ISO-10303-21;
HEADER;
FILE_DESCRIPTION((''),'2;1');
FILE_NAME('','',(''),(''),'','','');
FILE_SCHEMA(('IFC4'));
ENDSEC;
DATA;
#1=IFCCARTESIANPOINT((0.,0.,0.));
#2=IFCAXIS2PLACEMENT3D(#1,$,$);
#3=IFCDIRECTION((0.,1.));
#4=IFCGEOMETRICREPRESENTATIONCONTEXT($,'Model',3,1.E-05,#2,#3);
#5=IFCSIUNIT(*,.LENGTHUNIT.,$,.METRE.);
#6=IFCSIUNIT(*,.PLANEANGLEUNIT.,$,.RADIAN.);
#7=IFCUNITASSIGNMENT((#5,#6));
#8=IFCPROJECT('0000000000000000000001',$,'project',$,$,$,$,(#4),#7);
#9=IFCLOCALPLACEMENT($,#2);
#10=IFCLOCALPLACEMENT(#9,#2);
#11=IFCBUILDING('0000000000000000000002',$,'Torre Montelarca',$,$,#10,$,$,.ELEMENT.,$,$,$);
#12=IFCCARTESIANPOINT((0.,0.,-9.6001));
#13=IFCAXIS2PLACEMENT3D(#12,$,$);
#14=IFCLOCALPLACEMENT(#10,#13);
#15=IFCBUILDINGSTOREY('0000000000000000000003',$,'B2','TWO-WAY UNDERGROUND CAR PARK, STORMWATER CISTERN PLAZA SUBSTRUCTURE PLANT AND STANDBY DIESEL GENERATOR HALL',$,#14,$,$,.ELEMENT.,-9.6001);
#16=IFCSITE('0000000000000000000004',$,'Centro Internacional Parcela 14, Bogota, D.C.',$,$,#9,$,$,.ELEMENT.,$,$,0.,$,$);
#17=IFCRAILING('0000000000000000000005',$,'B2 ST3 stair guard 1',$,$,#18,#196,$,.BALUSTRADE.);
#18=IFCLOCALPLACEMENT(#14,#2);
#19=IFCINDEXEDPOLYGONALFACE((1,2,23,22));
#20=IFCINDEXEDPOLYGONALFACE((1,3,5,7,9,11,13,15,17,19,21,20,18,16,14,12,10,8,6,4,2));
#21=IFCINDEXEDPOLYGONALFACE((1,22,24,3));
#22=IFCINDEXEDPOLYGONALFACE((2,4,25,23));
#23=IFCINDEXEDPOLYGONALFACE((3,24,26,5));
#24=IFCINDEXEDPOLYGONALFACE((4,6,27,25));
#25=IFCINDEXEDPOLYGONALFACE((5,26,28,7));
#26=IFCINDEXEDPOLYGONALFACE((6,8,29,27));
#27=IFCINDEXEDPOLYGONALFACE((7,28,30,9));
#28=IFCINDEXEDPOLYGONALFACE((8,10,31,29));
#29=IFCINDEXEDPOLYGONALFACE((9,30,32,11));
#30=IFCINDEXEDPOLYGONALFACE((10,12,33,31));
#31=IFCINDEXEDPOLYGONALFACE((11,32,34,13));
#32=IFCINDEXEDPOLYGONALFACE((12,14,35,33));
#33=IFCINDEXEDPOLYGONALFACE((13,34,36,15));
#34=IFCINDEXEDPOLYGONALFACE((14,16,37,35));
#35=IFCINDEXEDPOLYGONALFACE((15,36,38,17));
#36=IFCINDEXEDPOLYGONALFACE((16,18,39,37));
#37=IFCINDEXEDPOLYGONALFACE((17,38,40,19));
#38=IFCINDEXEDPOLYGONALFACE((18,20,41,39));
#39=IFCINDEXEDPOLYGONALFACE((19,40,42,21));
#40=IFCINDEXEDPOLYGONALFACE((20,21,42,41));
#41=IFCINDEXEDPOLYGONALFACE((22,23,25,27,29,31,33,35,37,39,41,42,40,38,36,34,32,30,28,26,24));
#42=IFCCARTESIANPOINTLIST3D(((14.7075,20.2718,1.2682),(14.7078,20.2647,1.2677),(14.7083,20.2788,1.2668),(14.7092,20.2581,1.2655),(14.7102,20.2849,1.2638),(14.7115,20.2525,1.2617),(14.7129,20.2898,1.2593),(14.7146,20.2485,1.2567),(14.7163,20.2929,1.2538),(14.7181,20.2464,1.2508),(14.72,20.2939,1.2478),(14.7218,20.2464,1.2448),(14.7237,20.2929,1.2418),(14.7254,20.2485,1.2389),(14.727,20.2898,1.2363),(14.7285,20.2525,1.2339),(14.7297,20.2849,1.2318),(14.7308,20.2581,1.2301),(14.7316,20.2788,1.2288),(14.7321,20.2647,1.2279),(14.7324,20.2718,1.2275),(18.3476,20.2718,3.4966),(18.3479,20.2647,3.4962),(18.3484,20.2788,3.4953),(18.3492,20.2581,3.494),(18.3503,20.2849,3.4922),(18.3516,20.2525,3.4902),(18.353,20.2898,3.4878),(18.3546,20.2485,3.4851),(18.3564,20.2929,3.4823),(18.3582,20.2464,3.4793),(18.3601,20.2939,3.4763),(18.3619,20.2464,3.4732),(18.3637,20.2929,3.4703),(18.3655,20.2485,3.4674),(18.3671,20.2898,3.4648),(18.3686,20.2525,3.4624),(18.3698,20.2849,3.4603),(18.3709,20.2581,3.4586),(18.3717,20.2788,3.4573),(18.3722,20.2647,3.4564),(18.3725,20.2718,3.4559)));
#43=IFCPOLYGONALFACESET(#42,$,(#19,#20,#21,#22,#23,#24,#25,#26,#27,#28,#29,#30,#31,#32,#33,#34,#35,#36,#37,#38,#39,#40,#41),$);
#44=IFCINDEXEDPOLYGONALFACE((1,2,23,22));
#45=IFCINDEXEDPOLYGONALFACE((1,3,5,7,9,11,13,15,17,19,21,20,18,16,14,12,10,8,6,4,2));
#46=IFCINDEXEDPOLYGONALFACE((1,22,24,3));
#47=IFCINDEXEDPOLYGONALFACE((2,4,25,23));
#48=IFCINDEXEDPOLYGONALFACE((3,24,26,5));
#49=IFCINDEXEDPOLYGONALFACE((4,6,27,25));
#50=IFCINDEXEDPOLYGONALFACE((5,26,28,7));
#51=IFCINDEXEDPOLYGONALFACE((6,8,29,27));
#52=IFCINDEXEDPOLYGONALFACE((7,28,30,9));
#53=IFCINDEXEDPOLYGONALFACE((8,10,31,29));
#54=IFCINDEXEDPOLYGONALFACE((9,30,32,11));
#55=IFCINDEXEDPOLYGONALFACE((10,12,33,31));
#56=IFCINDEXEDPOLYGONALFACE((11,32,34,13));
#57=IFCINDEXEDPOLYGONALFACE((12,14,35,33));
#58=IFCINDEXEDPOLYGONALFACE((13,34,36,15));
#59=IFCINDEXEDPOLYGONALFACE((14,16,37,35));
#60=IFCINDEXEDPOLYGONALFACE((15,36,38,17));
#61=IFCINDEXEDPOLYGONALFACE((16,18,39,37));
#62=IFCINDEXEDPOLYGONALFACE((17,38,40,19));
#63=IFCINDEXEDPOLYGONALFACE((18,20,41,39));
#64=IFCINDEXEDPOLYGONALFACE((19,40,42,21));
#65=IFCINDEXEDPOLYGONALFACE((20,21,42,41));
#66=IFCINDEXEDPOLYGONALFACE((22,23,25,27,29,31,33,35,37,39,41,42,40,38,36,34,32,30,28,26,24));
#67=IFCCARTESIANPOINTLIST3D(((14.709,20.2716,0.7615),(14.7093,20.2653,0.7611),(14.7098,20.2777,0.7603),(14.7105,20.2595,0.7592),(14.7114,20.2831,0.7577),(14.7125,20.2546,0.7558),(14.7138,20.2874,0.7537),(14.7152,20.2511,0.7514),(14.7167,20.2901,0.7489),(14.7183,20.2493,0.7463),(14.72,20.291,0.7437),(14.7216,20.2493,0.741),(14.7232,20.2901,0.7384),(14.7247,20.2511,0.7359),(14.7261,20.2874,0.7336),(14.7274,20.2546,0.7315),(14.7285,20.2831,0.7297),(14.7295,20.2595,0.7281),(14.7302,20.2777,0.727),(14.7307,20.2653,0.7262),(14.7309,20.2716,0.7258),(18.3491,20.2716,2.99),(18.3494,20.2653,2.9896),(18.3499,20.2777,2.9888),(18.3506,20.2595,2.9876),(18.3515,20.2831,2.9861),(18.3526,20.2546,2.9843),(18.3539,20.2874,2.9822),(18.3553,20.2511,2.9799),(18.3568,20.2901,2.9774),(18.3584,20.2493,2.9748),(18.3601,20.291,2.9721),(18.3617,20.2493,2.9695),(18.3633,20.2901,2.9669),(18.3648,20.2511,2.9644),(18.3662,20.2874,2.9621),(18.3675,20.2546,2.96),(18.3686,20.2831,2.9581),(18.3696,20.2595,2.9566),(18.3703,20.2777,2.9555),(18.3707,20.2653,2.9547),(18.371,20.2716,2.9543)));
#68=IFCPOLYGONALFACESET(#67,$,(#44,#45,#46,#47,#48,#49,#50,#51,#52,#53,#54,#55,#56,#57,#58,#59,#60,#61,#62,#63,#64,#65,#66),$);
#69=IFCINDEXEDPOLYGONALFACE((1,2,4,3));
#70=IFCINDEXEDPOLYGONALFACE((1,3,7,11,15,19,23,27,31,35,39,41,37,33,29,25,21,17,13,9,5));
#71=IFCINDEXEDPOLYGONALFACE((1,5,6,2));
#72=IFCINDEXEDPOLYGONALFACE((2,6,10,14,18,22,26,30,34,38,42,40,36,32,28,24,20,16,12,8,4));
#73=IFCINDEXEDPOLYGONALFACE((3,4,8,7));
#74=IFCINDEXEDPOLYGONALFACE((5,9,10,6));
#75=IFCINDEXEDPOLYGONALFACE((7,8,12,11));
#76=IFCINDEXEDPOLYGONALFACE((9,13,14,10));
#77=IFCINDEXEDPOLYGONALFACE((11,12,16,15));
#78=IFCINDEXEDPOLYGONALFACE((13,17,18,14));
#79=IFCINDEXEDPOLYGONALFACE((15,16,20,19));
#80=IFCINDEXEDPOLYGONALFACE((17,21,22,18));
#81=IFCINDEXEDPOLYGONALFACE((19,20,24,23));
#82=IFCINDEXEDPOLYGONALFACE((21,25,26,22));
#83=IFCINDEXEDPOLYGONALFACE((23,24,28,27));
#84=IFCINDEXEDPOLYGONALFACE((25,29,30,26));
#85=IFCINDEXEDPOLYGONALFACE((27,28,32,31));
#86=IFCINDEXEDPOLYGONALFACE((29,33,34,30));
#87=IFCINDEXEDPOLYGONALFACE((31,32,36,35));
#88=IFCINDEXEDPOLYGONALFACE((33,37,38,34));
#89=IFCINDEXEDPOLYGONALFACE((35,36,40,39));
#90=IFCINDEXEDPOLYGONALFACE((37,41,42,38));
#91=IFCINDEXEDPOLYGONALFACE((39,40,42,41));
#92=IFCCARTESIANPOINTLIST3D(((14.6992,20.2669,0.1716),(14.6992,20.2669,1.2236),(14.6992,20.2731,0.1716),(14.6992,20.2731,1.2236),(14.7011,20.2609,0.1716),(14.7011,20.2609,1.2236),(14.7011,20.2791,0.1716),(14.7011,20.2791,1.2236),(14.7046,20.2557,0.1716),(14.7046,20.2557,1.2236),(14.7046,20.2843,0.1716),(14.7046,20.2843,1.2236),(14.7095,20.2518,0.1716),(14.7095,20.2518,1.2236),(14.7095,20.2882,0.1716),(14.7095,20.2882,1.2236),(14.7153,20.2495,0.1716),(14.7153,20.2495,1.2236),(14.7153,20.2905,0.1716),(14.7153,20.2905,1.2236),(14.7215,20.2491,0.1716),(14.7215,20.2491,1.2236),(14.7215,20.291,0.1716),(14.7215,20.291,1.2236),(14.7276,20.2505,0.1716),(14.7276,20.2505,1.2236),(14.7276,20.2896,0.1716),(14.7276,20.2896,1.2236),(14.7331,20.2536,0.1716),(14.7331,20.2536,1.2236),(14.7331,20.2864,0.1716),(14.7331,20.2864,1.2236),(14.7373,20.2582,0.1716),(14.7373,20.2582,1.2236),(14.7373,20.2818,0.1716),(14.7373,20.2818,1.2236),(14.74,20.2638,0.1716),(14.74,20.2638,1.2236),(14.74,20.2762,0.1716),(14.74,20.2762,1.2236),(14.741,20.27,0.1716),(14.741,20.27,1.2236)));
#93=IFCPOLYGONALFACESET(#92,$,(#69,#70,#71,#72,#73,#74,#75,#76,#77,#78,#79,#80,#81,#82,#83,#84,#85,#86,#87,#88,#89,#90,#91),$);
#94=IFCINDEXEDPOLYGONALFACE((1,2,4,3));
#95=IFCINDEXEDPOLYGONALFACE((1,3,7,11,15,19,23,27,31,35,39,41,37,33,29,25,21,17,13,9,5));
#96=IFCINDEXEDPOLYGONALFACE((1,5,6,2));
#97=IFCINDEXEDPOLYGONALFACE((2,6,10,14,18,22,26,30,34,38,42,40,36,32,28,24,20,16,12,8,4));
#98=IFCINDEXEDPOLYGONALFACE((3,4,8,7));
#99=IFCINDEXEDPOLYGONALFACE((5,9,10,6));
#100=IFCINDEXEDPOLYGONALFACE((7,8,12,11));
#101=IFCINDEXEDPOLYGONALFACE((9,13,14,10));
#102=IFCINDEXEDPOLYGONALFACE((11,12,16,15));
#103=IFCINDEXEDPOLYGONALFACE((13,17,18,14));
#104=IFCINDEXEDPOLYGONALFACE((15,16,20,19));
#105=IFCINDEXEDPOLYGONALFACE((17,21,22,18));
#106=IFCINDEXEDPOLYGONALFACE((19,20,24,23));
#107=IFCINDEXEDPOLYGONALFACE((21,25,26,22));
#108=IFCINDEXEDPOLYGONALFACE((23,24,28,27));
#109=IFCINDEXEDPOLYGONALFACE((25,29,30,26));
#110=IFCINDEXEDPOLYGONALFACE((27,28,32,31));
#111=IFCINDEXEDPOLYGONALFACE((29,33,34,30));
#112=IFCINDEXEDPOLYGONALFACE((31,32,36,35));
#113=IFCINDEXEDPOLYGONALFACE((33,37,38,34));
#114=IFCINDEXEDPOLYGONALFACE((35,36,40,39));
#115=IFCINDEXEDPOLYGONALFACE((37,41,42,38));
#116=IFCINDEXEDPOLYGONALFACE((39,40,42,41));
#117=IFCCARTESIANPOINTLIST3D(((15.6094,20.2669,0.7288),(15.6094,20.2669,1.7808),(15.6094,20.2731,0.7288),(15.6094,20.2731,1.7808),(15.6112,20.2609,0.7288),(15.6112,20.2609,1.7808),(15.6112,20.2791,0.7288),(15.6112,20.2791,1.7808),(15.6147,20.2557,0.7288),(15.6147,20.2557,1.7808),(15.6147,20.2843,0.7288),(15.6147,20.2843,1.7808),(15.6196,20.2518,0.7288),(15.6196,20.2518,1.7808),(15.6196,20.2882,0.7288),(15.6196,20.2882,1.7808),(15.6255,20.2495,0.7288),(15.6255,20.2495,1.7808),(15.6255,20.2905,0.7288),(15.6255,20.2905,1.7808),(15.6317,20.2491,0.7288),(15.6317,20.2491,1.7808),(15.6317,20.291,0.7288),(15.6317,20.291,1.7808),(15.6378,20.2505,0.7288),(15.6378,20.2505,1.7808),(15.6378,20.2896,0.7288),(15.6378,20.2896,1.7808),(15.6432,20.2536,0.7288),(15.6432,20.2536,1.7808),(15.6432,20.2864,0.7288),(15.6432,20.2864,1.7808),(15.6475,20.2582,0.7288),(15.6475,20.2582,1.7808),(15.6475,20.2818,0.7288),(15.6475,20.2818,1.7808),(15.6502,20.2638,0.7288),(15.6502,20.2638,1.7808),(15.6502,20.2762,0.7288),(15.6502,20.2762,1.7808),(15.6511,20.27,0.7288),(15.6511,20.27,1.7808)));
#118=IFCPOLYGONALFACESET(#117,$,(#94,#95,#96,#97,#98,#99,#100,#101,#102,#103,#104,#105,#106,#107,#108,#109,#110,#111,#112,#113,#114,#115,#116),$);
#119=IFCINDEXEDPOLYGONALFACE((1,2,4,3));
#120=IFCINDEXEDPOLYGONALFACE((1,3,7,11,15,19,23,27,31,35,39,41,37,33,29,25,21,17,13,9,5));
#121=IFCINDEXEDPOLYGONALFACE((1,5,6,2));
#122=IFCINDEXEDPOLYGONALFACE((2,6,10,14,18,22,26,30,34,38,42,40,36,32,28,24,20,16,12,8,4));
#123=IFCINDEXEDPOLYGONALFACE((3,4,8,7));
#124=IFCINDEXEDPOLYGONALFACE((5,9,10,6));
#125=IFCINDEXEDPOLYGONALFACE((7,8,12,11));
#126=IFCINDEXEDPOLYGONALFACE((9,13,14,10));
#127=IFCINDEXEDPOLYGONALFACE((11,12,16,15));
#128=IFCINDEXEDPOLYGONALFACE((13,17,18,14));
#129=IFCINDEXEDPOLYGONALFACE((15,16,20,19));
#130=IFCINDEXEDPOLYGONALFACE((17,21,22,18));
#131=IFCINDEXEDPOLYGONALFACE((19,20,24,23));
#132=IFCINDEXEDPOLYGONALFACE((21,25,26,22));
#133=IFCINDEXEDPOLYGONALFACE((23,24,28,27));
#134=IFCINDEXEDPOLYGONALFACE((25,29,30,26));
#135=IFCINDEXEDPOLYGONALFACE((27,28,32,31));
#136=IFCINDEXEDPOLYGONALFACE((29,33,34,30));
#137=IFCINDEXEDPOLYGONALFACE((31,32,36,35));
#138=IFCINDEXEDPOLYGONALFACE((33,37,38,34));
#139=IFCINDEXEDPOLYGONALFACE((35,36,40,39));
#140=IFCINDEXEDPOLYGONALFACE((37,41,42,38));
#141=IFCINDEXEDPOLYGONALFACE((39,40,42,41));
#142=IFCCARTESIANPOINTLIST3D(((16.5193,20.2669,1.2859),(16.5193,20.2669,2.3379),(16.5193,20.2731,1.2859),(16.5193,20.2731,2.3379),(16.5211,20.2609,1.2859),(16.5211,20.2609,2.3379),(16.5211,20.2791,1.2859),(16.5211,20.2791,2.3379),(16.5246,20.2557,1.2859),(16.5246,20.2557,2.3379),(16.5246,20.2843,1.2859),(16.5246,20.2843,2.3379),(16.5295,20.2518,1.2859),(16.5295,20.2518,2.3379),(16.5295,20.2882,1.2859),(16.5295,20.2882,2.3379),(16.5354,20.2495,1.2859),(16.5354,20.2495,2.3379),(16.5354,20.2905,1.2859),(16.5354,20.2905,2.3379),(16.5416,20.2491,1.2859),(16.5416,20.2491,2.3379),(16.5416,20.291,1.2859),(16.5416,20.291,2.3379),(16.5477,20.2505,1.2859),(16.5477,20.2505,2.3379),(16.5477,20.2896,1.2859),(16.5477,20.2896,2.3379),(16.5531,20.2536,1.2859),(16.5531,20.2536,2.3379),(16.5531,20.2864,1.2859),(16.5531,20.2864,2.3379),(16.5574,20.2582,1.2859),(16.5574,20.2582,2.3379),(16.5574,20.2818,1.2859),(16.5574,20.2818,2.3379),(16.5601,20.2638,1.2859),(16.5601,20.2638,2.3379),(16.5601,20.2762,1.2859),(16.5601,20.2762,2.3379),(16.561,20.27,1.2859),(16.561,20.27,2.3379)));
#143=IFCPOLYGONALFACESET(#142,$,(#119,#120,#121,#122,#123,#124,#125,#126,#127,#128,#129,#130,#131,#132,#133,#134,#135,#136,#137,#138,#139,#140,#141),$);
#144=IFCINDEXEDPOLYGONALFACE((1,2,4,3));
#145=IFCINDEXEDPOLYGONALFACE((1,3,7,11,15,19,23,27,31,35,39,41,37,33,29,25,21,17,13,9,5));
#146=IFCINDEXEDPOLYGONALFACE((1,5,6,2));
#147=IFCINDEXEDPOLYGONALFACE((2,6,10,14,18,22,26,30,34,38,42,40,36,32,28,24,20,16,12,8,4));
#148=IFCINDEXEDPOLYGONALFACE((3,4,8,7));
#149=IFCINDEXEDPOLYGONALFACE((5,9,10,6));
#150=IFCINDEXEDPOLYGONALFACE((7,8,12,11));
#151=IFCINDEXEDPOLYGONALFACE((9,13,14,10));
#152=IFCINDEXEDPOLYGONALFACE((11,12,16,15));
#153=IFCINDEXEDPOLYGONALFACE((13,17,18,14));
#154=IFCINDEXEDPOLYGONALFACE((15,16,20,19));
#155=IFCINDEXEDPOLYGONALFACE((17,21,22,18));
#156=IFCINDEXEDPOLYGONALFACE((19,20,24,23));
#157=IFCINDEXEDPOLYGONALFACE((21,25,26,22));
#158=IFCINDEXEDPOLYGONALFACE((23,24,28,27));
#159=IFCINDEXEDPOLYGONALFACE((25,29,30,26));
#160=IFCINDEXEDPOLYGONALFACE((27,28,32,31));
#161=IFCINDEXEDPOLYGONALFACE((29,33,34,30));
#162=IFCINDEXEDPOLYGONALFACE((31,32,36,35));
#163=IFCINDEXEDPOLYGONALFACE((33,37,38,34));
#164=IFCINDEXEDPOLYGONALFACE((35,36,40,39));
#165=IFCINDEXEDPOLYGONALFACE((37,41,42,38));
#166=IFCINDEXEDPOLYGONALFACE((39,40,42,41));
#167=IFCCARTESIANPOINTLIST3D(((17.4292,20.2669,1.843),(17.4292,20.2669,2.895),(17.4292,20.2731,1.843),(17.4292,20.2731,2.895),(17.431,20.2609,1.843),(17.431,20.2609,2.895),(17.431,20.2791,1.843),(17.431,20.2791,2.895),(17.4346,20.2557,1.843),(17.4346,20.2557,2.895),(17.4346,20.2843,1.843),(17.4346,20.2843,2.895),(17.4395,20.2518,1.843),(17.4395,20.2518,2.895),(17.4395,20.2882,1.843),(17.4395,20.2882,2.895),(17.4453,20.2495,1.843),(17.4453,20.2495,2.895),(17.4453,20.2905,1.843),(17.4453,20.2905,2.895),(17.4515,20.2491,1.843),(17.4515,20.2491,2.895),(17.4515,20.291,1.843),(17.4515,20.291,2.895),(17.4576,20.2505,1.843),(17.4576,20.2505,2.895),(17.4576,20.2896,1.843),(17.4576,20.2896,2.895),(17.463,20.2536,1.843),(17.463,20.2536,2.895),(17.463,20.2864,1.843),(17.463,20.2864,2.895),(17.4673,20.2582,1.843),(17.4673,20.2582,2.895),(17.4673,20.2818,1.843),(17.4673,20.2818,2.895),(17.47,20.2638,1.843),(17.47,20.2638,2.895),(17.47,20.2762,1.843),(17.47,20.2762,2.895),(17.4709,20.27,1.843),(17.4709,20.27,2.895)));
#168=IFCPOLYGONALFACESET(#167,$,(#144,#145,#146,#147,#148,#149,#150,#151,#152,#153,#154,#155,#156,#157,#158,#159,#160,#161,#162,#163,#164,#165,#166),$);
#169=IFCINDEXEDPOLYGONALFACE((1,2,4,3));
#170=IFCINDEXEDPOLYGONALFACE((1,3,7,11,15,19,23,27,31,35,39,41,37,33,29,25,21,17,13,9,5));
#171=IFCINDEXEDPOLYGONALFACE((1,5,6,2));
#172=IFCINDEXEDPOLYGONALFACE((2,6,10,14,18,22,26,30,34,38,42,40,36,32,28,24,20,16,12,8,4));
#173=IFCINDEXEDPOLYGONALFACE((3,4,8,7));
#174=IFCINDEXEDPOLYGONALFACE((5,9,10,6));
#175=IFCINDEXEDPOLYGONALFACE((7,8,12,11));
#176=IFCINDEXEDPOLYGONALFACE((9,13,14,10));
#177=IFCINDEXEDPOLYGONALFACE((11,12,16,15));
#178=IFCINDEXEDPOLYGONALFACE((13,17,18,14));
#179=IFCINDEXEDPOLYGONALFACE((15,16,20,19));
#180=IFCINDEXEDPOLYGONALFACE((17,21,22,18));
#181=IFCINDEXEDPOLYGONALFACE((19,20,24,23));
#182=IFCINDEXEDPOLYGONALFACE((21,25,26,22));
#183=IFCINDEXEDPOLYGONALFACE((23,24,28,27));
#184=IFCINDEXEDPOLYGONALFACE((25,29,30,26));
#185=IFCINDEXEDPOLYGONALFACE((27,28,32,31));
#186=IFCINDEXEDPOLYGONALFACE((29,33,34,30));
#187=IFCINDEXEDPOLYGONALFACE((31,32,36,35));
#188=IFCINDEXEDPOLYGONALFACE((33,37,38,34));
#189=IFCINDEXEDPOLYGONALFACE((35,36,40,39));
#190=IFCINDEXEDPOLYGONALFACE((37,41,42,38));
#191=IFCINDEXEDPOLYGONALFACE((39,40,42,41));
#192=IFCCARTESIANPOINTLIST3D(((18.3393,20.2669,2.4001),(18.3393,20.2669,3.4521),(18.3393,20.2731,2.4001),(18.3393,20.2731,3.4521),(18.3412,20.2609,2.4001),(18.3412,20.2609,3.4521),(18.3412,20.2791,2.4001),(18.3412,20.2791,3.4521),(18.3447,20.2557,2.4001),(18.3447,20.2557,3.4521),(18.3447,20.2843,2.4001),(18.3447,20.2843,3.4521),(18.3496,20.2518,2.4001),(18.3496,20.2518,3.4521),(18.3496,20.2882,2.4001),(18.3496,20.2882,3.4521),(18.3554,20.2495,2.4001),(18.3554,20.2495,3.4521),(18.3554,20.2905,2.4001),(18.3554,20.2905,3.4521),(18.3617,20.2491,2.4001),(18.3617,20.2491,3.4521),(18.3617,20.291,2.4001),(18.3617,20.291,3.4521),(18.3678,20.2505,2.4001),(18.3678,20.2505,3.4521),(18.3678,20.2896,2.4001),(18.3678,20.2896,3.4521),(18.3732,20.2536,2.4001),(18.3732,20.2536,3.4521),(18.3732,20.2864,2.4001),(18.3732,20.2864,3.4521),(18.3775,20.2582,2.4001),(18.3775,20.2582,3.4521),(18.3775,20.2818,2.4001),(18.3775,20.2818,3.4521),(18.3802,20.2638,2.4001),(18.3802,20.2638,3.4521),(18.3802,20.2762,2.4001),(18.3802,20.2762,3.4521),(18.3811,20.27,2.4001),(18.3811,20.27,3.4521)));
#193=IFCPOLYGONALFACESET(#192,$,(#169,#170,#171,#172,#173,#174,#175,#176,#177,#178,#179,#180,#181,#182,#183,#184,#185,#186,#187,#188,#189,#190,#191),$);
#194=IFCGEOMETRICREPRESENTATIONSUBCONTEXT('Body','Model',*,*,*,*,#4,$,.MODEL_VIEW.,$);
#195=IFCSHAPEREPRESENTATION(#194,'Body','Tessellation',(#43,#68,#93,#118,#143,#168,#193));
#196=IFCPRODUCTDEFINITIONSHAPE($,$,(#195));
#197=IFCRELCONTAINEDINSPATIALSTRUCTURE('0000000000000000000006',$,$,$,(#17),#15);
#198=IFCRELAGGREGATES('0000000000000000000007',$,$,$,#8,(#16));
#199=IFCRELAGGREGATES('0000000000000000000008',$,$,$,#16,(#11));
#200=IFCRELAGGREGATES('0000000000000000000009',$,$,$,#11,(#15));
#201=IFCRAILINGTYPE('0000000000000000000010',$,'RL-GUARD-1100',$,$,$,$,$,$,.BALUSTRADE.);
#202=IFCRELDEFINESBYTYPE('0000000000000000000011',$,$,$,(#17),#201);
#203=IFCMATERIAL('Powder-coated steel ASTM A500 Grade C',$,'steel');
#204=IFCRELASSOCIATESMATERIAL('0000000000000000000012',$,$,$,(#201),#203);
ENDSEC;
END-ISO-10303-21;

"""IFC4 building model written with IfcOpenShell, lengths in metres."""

from ifc_helpers import new_model, si_unit, direction, frame, origin, origin_2d, place, context, subcontext, project, spatial, circle, extrude, material, type_object, element, save


model = new_model("IFC4")

# Units and contexts
model_context = context("Model", 3, precision=1e-05, world=origin(), true_north=direction((0.0, 1.0)))
body_context = subcontext(model_context, "Body", "Model", "MODEL_VIEW")
ifc_project = project(units=[si_unit("LENGTHUNIT", "METRE"), si_unit("PLANEANGLEUNIT", "RADIAN")], contexts=[model_context])

# Site, building, storey
site_placement = place(None, origin())
site = spatial("IfcSite", under=ifc_project, at=site_placement, Name="Centro Internacional Parcela 14, Bogota, D.C.", CompositionType="ELEMENT", RefElevation=0.0)
building_placement = place(site_placement, origin())
building = spatial("IfcBuilding", under=site, at=building_placement, Name="Torre Montelarca", CompositionType="ELEMENT")
storey_placement = place(building_placement, frame((0.0, 0.0, -9.6001)))
storey = spatial("IfcBuildingStorey", under=building, at=storey_placement, Name="B2", Description="TWO-WAY UNDERGROUND CAR PARK, STORMWATER CISTERN PLAZA SUBSTRUCTURE PLANT AND STANDBY DIESEL GENERATOR HALL", CompositionType="ELEMENT", Elevation=-9.6001)

# Railing
ifc_material_1 = material(Name="Powder-coated steel ASTM A500 Grade C", Category="steel")
railing_type_1 = type_object("IfcRailingType", Name="RL-GUARD-1100", PredefinedType="BALUSTRADE", material=ifc_material_1)
railing_1_placement = place(storey_placement, frame((14.72, 20.27, 0.1716)))
element("IfcRailing", 1, at=railing_1_placement, inside=storey, type_object=railing_type_1, Name="B2 ST3 stair guard 1", PredefinedType="BALUSTRADE", context=body_context, shape_type="SweptSolid", body=[
    extrude(circle(Radius=0.0239, at=origin_2d()), frame((0.0, 0.0, 1.0762), z_axis=(0.852866, 0.0, 0.52213), x_axis=(0.0, 1.0, 0.0)), (0.0, 0.0, 1.0), 4.2681),
    extrude(circle(Radius=0.021, at=origin_2d()), frame((0.0, 0.0, 0.572), z_axis=(0.852866, 0.0, 0.52213), x_axis=(0.0, 1.0, 0.0)), (0.0, 0.0, 1.0), 4.2681),
    extrude(circle(Radius=0.021, at=origin_2d()), origin(), (0.0, 0.0, 1.0), 1.052),
    extrude(circle(Radius=0.021, at=origin_2d()), frame((0.9102, 0.0, 0.5571)), (0.0, 0.0, 1.0), 1.052),
    extrude(circle(Radius=0.021, at=origin_2d()), frame((1.8201, 0.0, 1.1143)), (0.0, 0.0, 1.0), 1.052),
    extrude(circle(Radius=0.021, at=origin_2d()), frame((2.73, 0.0, 1.6714)), (0.0, 0.0, 1.0), 1.052),
    extrude(circle(Radius=0.021, at=origin_2d()), frame((3.6401, 0.0, 2.2285)), (0.0, 0.0, 1.0), 1.052),
])

save(model, "model.ifc")
